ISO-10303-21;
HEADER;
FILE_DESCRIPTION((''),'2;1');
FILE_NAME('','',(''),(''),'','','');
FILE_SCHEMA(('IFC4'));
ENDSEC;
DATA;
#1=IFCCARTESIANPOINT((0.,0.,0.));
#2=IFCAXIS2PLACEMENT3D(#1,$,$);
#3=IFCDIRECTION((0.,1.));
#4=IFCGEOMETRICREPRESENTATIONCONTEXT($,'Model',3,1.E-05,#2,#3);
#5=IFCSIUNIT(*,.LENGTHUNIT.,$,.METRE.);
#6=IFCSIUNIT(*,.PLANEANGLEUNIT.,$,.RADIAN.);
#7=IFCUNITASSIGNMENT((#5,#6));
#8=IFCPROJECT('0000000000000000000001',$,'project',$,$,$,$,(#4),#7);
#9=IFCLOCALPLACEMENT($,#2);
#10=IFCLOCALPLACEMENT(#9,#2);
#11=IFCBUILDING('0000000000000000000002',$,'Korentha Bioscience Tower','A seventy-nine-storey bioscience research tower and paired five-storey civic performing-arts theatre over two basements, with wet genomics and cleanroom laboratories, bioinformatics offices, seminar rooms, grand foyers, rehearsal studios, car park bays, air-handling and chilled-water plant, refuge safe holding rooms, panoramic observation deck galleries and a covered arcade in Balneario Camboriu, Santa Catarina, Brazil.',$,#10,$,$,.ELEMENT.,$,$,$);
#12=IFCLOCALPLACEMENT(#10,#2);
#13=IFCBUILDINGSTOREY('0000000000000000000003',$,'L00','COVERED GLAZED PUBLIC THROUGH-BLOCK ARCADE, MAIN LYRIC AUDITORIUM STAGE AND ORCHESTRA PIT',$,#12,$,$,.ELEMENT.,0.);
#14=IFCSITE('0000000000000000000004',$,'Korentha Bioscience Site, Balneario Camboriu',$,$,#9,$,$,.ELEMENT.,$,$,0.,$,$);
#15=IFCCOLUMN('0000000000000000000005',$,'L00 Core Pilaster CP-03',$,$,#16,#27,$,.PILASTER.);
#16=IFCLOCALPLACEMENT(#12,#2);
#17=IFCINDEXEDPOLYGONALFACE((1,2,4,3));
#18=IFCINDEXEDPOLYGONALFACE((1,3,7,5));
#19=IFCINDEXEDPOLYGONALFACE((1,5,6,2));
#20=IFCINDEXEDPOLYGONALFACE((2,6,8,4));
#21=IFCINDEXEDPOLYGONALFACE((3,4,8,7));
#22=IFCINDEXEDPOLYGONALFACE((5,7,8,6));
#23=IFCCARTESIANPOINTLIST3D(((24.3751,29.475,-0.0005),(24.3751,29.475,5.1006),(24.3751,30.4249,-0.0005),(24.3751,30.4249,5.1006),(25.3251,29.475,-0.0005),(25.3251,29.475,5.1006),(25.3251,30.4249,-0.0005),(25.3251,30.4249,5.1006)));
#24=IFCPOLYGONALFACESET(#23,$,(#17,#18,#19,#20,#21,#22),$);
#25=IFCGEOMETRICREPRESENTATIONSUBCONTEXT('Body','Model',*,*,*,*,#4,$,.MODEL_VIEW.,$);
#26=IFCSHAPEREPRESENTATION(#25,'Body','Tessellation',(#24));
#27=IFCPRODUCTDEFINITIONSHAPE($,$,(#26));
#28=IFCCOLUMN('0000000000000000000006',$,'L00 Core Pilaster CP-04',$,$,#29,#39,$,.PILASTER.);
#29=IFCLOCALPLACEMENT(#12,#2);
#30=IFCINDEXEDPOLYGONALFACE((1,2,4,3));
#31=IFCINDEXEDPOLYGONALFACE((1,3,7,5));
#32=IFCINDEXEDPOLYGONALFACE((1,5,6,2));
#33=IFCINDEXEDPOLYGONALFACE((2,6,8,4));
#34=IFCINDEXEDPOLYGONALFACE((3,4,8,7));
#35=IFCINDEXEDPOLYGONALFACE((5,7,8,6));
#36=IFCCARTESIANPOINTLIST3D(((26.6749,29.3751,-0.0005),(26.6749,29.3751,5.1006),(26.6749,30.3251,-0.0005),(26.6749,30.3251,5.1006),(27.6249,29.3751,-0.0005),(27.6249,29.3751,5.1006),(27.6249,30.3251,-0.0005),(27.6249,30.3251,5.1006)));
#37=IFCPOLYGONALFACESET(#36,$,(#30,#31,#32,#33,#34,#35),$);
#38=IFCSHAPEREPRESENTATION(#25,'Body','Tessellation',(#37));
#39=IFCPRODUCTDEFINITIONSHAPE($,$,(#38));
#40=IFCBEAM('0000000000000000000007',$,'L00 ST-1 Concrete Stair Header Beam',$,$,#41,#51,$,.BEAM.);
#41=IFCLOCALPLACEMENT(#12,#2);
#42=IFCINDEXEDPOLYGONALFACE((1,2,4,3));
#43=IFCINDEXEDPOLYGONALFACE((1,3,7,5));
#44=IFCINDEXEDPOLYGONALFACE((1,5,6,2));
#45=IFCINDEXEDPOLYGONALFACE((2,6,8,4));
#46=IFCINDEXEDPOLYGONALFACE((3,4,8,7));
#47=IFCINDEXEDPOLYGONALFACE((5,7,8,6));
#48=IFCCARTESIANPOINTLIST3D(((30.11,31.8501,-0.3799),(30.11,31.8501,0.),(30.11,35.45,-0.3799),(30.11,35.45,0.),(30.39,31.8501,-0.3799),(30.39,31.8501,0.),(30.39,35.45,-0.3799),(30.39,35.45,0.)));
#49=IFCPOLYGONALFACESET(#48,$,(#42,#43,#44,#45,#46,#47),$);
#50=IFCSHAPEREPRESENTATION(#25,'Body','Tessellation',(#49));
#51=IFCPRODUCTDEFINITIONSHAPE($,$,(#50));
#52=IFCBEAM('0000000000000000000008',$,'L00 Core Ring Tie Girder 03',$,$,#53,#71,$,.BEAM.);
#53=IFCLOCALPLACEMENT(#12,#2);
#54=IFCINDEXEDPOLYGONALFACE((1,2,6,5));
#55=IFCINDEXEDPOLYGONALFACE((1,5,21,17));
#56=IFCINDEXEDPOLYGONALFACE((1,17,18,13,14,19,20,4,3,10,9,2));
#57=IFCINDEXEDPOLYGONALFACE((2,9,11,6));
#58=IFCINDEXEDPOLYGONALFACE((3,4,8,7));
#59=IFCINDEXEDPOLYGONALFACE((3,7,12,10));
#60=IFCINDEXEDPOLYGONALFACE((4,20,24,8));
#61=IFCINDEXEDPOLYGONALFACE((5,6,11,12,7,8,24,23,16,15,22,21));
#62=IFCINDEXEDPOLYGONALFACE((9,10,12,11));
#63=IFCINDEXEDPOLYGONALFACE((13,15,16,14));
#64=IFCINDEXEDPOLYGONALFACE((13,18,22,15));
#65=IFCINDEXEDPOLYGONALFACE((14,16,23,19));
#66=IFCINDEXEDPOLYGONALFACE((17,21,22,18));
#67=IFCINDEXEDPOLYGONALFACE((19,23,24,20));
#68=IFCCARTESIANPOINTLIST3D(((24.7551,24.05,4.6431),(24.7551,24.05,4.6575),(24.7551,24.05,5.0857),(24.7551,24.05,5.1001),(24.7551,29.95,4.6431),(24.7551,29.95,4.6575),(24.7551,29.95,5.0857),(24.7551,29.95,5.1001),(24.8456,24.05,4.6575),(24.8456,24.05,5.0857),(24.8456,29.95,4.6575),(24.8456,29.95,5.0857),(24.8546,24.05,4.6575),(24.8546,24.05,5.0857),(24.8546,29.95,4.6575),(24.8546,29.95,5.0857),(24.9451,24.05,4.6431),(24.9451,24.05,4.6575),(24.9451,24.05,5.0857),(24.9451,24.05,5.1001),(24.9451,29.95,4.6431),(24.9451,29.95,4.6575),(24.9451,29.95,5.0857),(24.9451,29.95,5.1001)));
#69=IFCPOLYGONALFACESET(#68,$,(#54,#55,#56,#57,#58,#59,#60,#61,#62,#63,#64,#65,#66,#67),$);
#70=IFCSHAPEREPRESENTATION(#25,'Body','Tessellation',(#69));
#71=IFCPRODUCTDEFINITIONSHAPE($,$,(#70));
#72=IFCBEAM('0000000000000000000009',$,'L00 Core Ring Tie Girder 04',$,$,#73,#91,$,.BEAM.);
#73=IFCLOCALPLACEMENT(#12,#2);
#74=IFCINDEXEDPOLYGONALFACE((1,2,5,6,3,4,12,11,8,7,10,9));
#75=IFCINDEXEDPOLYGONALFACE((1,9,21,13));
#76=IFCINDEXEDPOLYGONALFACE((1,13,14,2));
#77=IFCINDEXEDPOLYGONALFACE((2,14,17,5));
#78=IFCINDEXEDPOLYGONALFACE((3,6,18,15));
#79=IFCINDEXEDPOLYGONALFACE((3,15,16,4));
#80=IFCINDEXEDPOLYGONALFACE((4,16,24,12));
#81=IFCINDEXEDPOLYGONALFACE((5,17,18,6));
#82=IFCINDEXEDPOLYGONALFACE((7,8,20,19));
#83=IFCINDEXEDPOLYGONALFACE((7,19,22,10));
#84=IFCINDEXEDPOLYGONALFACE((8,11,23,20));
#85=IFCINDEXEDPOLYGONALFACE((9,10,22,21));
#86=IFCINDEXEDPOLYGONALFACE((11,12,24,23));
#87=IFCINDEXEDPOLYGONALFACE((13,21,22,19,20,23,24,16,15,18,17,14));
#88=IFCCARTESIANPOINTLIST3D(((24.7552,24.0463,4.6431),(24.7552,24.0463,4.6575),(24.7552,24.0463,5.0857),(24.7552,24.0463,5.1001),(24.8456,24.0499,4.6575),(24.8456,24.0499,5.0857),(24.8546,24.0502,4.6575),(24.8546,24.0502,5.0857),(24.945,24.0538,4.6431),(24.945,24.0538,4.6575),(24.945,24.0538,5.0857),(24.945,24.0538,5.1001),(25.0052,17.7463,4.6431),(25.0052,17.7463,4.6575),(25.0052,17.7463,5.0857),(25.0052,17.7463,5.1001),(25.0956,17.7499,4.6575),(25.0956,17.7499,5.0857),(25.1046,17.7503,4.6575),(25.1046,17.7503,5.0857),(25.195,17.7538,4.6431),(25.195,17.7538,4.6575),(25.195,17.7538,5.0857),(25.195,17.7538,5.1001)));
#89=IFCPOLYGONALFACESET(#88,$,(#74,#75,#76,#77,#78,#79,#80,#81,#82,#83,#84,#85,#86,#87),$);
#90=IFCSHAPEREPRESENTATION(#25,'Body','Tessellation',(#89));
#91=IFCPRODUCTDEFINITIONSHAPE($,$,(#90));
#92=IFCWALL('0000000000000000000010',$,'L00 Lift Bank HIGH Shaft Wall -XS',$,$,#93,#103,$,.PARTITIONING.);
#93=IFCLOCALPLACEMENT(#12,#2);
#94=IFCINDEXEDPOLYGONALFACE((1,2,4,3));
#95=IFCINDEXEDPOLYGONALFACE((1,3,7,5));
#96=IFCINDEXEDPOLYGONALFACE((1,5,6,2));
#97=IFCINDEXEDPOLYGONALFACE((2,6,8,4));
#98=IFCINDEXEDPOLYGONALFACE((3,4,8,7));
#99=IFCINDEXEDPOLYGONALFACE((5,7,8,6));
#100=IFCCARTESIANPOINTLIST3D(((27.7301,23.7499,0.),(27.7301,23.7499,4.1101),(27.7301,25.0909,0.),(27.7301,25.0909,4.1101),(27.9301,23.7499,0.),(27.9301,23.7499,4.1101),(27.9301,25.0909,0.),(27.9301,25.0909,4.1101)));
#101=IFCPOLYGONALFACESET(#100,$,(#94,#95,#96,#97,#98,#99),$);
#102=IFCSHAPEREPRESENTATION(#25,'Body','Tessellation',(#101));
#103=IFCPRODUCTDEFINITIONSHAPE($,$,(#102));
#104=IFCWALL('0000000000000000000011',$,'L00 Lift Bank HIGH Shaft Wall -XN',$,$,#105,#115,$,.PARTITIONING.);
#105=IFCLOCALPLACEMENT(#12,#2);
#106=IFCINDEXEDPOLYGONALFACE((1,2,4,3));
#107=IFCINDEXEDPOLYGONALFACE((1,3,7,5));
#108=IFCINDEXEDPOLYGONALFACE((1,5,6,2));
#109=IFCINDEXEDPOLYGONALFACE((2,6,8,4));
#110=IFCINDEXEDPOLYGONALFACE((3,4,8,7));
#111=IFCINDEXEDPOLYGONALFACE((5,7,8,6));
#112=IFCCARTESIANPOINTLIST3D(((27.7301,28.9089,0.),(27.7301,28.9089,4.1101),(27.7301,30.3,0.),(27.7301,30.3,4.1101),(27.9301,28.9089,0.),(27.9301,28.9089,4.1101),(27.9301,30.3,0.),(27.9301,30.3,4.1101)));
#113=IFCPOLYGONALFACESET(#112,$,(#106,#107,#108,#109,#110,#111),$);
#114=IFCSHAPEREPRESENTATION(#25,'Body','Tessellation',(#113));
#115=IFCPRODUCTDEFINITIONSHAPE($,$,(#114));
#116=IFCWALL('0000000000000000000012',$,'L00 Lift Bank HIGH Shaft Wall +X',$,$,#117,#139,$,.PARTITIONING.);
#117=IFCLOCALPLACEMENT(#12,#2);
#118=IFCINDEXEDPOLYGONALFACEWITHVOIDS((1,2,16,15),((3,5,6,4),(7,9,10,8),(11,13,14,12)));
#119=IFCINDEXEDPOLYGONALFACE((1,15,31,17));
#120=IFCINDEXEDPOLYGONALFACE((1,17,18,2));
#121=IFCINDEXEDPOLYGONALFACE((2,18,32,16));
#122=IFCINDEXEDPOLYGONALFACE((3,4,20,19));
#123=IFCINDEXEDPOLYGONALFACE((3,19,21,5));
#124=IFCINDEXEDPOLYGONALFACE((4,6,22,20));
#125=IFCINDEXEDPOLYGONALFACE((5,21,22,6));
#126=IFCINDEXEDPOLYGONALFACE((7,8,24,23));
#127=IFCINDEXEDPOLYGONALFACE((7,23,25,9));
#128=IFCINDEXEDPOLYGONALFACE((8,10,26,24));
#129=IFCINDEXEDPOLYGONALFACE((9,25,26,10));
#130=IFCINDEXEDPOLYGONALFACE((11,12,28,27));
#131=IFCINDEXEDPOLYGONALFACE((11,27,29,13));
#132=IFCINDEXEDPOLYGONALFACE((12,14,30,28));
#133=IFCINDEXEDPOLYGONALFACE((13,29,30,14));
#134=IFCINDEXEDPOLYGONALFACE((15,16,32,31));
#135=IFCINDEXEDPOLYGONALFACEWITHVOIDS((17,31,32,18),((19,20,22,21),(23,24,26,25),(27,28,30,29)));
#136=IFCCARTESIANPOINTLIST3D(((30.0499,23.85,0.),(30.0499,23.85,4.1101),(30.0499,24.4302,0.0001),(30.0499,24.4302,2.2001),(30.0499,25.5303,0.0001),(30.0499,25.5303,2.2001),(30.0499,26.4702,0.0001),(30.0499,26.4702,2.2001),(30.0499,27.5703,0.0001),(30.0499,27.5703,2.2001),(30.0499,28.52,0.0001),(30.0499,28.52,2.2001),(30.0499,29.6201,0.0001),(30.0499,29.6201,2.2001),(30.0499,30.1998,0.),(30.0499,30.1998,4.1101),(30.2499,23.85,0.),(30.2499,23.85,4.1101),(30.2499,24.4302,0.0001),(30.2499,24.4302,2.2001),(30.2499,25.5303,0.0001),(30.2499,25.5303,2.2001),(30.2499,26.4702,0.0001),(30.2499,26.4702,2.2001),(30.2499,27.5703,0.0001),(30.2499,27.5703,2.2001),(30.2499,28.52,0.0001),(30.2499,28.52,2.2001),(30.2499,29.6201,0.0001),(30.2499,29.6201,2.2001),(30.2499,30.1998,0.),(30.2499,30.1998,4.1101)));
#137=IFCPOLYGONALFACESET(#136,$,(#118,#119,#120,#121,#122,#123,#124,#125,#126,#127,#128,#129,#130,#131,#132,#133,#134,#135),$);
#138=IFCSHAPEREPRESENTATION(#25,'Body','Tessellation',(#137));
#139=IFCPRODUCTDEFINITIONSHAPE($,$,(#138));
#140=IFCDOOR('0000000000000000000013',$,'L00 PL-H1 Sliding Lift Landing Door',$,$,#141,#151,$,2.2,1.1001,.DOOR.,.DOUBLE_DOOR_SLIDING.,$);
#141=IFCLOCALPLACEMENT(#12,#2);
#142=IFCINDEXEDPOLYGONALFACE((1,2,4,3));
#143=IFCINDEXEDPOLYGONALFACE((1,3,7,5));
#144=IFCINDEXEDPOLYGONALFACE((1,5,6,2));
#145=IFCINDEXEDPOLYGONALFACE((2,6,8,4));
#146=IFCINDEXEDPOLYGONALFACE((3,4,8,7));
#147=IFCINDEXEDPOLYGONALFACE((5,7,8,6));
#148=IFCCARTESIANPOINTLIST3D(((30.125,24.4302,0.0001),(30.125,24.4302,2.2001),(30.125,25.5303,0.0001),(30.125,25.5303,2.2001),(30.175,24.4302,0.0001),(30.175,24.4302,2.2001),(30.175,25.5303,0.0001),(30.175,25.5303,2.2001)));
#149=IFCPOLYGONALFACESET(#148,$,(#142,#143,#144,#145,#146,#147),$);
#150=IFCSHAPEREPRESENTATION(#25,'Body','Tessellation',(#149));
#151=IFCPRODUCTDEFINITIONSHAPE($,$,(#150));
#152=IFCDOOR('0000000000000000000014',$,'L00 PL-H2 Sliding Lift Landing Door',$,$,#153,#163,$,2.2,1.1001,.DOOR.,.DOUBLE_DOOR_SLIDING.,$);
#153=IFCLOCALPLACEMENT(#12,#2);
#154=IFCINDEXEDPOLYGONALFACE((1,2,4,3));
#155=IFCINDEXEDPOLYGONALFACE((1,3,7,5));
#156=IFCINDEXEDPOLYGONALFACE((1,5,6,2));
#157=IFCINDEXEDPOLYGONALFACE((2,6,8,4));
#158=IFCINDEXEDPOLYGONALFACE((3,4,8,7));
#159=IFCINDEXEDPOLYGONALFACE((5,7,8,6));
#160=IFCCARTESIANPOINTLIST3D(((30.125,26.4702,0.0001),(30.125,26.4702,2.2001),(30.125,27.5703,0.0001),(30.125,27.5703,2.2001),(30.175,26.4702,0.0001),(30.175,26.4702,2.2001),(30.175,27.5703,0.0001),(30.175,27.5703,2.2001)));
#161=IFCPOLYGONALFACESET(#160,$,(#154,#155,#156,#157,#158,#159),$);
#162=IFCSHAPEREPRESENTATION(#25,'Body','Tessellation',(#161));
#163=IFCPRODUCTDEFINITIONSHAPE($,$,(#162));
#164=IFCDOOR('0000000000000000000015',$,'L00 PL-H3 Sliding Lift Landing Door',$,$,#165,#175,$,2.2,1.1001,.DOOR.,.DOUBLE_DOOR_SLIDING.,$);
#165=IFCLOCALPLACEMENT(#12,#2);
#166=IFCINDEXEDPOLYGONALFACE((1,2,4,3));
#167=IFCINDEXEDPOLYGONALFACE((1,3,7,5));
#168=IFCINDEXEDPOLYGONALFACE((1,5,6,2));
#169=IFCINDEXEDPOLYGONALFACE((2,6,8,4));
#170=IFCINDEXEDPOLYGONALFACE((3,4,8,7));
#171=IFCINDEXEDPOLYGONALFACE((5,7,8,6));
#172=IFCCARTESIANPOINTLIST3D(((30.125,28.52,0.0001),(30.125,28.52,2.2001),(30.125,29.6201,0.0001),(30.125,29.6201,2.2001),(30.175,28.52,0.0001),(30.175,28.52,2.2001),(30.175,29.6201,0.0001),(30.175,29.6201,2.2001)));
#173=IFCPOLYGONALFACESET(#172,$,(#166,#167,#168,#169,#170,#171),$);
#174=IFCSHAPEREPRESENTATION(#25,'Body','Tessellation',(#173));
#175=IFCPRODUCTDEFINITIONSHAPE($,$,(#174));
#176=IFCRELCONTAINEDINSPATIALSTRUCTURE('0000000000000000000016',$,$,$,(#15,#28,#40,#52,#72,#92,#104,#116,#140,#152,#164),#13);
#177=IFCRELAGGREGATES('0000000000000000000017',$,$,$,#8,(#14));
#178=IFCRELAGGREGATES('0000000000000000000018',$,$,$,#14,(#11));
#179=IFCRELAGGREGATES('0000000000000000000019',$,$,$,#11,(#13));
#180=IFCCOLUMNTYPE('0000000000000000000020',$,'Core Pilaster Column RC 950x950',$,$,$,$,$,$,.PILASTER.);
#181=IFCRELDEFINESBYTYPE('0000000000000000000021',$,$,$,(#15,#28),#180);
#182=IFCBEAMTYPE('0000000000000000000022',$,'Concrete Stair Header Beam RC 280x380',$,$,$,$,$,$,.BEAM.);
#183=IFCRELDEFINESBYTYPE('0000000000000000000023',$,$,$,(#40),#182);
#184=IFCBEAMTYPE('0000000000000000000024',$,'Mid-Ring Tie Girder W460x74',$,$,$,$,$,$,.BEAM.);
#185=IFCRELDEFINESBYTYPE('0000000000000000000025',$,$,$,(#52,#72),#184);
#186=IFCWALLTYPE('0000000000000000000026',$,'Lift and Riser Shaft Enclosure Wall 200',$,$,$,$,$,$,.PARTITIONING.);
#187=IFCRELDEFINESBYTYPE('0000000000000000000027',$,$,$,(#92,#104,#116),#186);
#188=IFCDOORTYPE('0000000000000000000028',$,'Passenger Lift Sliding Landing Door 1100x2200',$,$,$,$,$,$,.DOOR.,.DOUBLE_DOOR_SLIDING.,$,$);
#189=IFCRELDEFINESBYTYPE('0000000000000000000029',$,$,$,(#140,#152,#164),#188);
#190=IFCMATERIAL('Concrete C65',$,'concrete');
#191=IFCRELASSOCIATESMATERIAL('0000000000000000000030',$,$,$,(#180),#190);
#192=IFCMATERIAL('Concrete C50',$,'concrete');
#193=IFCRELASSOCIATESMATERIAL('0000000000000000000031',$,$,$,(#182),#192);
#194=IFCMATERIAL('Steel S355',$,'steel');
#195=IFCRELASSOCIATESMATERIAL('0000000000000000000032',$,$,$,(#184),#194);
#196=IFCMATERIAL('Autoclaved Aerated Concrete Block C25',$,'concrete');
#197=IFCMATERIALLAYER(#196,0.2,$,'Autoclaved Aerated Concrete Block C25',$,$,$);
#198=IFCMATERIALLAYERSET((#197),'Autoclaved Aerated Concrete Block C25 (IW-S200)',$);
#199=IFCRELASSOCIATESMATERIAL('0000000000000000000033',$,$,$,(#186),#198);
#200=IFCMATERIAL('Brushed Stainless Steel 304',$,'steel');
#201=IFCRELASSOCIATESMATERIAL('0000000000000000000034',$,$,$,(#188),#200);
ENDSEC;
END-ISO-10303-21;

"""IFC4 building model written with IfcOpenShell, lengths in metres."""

from ifc_helpers import new_model, si_unit, direction, frame, frame_2d, origin, origin_2d, place, context, subcontext, project, spatial, rectangle, i_section, extrude, material, layer, layer_set, material_profile, profile_set, type_object, element, fill, save


model = new_model("IFC4")

# Units and contexts
model_context = context("Model", 3, precision=1e-05, world=origin(), true_north=direction((0.0, 1.0)))
body_context = subcontext(model_context, "Body", "Model", "MODEL_VIEW")
ifc_project = project(units=[si_unit("LENGTHUNIT", "METRE"), si_unit("PLANEANGLEUNIT", "RADIAN")], contexts=[model_context])

# Site, building, storey
site_placement = place(None, origin())
site = spatial("IfcSite", under=ifc_project, at=site_placement, Name="Korentha Bioscience Site, Balneario Camboriu", CompositionType="ELEMENT", RefElevation=0.0)
building_placement = place(site_placement, origin())
building = spatial("IfcBuilding", under=site, at=building_placement, Name="Korentha Bioscience Tower", Description="A seventy-nine-storey bioscience research tower and paired five-storey civic performing-arts theatre over two basements, with wet genomics and cleanroom laboratories, bioinformatics offices, seminar rooms, grand foyers, rehearsal studios, car park bays, air-handling and chilled-water plant, refuge safe holding rooms, panoramic observation deck galleries and a covered arcade in Balneario Camboriu, Santa Catarina, Brazil.", CompositionType="ELEMENT")
storey_placement = place(building_placement, origin())
storey = spatial("IfcBuildingStorey", under=building, at=storey_placement, Name="L00", Description="COVERED GLAZED PUBLIC THROUGH-BLOCK ARCADE, MAIN LYRIC AUDITORIUM STAGE AND ORCHESTRA PIT", CompositionType="ELEMENT", Elevation=0.0)

# Columns
ifc_material_1 = material(Name="Concrete C65", Category="concrete")
ifc_material_profile_1 = material_profile(ifc_material_1, rectangle(XDim=0.95, YDim=0.95, at=origin_2d()), Name="Concrete C65")
ifc_profile_set_1 = profile_set([ifc_material_profile_1], Name="Concrete C65 (COL-CP09)")
column_type = type_object("IfcColumnType", Name="Core Pilaster Column RC 950x950", PredefinedType="PILASTER", material=ifc_profile_set_1)
for number, where, z_axis, x_axis, name in (
    (1, (24.8501, 29.95, -0.0005), (0.0, 0.0, 1.0), (1.0, 0.0, 0.0), "L00 Core Pilaster CP-03"),
    (2, (27.1499, 29.8501, -0.0005), (0.0, 0.0, 1.0), (1.0, 0.0, 0.0), "L00 Core Pilaster CP-04"),
):
    element("IfcColumn", number, at=place(storey_placement, frame(where, z_axis=z_axis, x_axis=x_axis)), inside=storey, type_object=column_type, Name=name, PredefinedType="PILASTER", context=body_context, shape_type="SweptSolid", body=[
        extrude(rectangle(XDim=0.95, YDim=0.95, at=origin_2d()), origin(), (0.0, 0.0, 1.0), 5.1011),
    ])

# Beams
ifc_material_2 = material(Name="Concrete C50", Category="concrete")
ifc_material_profile_2 = material_profile(ifc_material_2, rectangle(XDim=0.28, YDim=0.3799, at=origin_2d()), Name="Concrete C50")
ifc_profile_set_2 = profile_set([ifc_material_profile_2], Name="Concrete C50 (ST-HB380)")
beam_type_1 = type_object("IfcBeamType", Name="Concrete Stair Header Beam RC 280x380", PredefinedType="BEAM", material=ifc_profile_set_2)
beam_1_placement = place(storey_placement, frame((30.25, 31.8501, -0.1899), z_axis=(0.0, 1.0, 0.0), x_axis=(-1.0, 0.0, 0.0)))
element("IfcBeam", 3, at=beam_1_placement, inside=storey, type_object=beam_type_1, Name="L00 ST-1 Concrete Stair Header Beam", PredefinedType="BEAM", context=body_context, shape_type="SweptSolid", body=[
    extrude(rectangle(XDim=0.28, YDim=0.3799, at=origin_2d()), origin(), (0.0, 0.0, 1.0), 3.5999),
])
ifc_material_3 = material(Name="Steel S355", Category="steel")
ifc_material_profile_3 = material_profile(ifc_material_3, i_section(OverallWidth=0.1899, OverallDepth=0.457, WebThickness=0.009, FlangeThickness=0.0144, at=origin_2d()), Name="Steel S355")
ifc_profile_set_3 = profile_set([ifc_material_profile_3], Name="Steel S355 (MB-460)")
beam_type_2 = type_object("IfcBeamType", Name="Mid-Ring Tie Girder W460x74", PredefinedType="BEAM", material=ifc_profile_set_3)
beam_2_placement = place(storey_placement, frame((24.8501, 29.95, 4.8716), z_axis=(0.0, -1.0, 0.0), x_axis=(1.0, 0.0, 0.0)))
element("IfcBeam", 4, at=beam_2_placement, inside=storey, type_object=beam_type_2, Name="L00 Core Ring Tie Girder 03", PredefinedType="BEAM", context=body_context, shape_type="SweptSolid", body=[
    extrude(i_section(OverallWidth=0.1899, OverallDepth=0.457, WebThickness=0.009, FlangeThickness=0.0144, at=origin_2d()), origin(), (0.0, 0.0, 1.0), 5.8999),
])
beam_3_placement = place(storey_placement, frame((24.8501, 24.05, 4.8716), z_axis=(0.039651, -0.999214, 0.0), x_axis=(0.999214, 0.039651, 0.0)))
element("IfcBeam", 5, at=beam_3_placement, inside=storey, type_object=beam_type_2, Name="L00 Core Ring Tie Girder 04", PredefinedType="BEAM", context=body_context, shape_type="SweptSolid", body=[
    extrude(i_section(OverallWidth=0.1899, OverallDepth=0.457, WebThickness=0.009, FlangeThickness=0.0144, at=origin_2d()), origin(), (0.0, 0.0, 1.0), 6.3049),
])

# Walls
ifc_material_4 = material(Name="Autoclaved Aerated Concrete Block C25", Category="concrete")
ifc_layer_1 = layer(ifc_material_4, 0.2, Name="Autoclaved Aerated Concrete Block C25")
ifc_layer_set_1 = layer_set([ifc_layer_1], Name="Autoclaved Aerated Concrete Block C25 (IW-S200)")
wall_type_1 = type_object("IfcWallType", Name="Lift and Riser Shaft Enclosure Wall 200", PredefinedType="PARTITIONING", material=ifc_layer_set_1)
wall_1_placement = place(storey_placement, frame((27.8301, 23.75, 0.0), z_axis=(0.0, 0.0, 1.0), x_axis=(0.0, 1.0, 0.0)))
element("IfcWall", 6, at=wall_1_placement, inside=storey, type_object=wall_type_1, Name="L00 Lift Bank HIGH Shaft Wall -XS", PredefinedType="PARTITIONING", context=body_context, shape_type="SweptSolid", body=[
    extrude(rectangle(XDim=1.3411, YDim=0.2, at=frame_2d((0.6704, 0.0))), origin(), (0.0, 0.0, 1.0), 4.1101),
])
wall_2_placement = place(storey_placement, frame((27.8301, 28.9089, 0.0), z_axis=(0.0, 0.0, 1.0), x_axis=(0.0, 1.0, 0.0)))
element("IfcWall", 7, at=wall_2_placement, inside=storey, type_object=wall_type_1, Name="L00 Lift Bank HIGH Shaft Wall -XN", PredefinedType="PARTITIONING", context=body_context, shape_type="SweptSolid", body=[
    extrude(rectangle(XDim=1.3911, YDim=0.2, at=frame_2d((0.6956, 0.0))), origin(), (0.0, 0.0, 1.0), 4.1101),
])

# Wall, openings, doors
wall_3_placement = place(storey_placement, frame((30.1499, 23.8501, 0.0), z_axis=(0.0, 0.0, 1.0), x_axis=(0.0, 1.0, 0.0)))
wall_3 = element("IfcWall", 8, at=wall_3_placement, inside=storey, type_object=wall_type_1, Name="L00 Lift Bank HIGH Shaft Wall +X", PredefinedType="PARTITIONING", context=body_context, shape_type="SweptSolid", body=[
    extrude(rectangle(XDim=6.3499, YDim=0.2, at=frame_2d((3.1748, 0.0))), origin(), (0.0, 0.0, 1.0), 4.1101),
])
opening_1_placement = place(wall_3_placement, frame((0.5801, 0.0, 0.0)))
opening_1 = element("IfcOpeningElement", 9, at=opening_1_placement, cuts=wall_3, PredefinedType="OPENING", context=body_context, shape_type="SweptSolid", body=[
    extrude(rectangle(XDim=1.1001, YDim=2.2, at=frame_2d((0.55, 1.1001))), frame((0.0, 0.1147, 0.0), z_axis=(0.0, -1.0, 0.0), x_axis=(1.0, 0.0, 0.0)), (0.0, 0.0, 1.0), 0.2297),
])
opening_2_placement = place(wall_3_placement, frame((2.6201, 0.0, 0.0)))
opening_2 = element("IfcOpeningElement", 10, at=opening_2_placement, cuts=wall_3, PredefinedType="OPENING", context=body_context, shape_type="SweptSolid", body=[
    extrude(rectangle(XDim=1.1001, YDim=2.2, at=frame_2d((0.55, 1.1001))), frame((0.0, 0.1147, 0.0), z_axis=(0.0, -1.0, 0.0), x_axis=(1.0, 0.0, 0.0)), (0.0, 0.0, 1.0), 0.2297),
])
opening_3_placement = place(wall_3_placement, frame((4.6699, 0.0, 0.0)))
opening_3 = element("IfcOpeningElement", 11, at=opening_3_placement, cuts=wall_3, PredefinedType="OPENING", context=body_context, shape_type="SweptSolid", body=[
    extrude(rectangle(XDim=1.1001, YDim=2.2, at=frame_2d((0.55, 1.1001))), frame((0.0, 0.1147, 0.0), z_axis=(0.0, -1.0, 0.0), x_axis=(1.0, 0.0, 0.0)), (0.0, 0.0, 1.0), 0.2297),
])
ifc_material_5 = material(Name="Brushed Stainless Steel 304", Category="steel")
door_type_1 = type_object("IfcDoorType", Name="Passenger Lift Sliding Landing Door 1100x2200", OperationType="DOUBLE_DOOR_SLIDING", PredefinedType="DOOR", material=ifc_material_5)
door_1_placement = place(opening_1_placement, origin())
door_1 = element("IfcDoor", 12, at=door_1_placement, inside=storey, type_object=door_type_1, Name="L00 PL-H1 Sliding Lift Landing Door", OperationType="DOUBLE_DOOR_SLIDING", OverallHeight=2.2, OverallWidth=1.1001, PredefinedType="DOOR", context=body_context, shape_type="SweptSolid", body=[
    extrude(rectangle(XDim=1.1001, YDim=2.2, at=frame_2d((0.55, 1.1001))), frame((0.0, 0.0249, 0.0), z_axis=(0.0, -1.0, 0.0), x_axis=(1.0, 0.0, 0.0)), (0.0, 0.0, 1.0), 0.05),
])
fill(opening_1, door_1)
door_2_placement = place(opening_2_placement, origin())
door_2 = element("IfcDoor", 13, at=door_2_placement, inside=storey, type_object=door_type_1, Name="L00 PL-H2 Sliding Lift Landing Door", OperationType="DOUBLE_DOOR_SLIDING", OverallHeight=2.2, OverallWidth=1.1001, PredefinedType="DOOR", context=body_context, shape_type="SweptSolid", body=[
    extrude(rectangle(XDim=1.1001, YDim=2.2, at=frame_2d((0.55, 1.1001))), frame((0.0, 0.0249, 0.0), z_axis=(0.0, -1.0, 0.0), x_axis=(1.0, 0.0, 0.0)), (0.0, 0.0, 1.0), 0.05),
])
fill(opening_2, door_2)
door_3_placement = place(opening_3_placement, origin())
door_3 = element("IfcDoor", 14, at=door_3_placement, inside=storey, type_object=door_type_1, Name="L00 PL-H3 Sliding Lift Landing Door", OperationType="DOUBLE_DOOR_SLIDING", OverallHeight=2.2, OverallWidth=1.1001, PredefinedType="DOOR", context=body_context, shape_type="SweptSolid", body=[
    extrude(rectangle(XDim=1.1001, YDim=2.2, at=frame_2d((0.55, 1.1001))), frame((0.0, 0.0249, 0.0), z_axis=(0.0, -1.0, 0.0), x_axis=(1.0, 0.0, 0.0)), (0.0, 0.0, 1.0), 0.05),
])
fill(opening_3, door_3)

save(model, "model.ifc")
